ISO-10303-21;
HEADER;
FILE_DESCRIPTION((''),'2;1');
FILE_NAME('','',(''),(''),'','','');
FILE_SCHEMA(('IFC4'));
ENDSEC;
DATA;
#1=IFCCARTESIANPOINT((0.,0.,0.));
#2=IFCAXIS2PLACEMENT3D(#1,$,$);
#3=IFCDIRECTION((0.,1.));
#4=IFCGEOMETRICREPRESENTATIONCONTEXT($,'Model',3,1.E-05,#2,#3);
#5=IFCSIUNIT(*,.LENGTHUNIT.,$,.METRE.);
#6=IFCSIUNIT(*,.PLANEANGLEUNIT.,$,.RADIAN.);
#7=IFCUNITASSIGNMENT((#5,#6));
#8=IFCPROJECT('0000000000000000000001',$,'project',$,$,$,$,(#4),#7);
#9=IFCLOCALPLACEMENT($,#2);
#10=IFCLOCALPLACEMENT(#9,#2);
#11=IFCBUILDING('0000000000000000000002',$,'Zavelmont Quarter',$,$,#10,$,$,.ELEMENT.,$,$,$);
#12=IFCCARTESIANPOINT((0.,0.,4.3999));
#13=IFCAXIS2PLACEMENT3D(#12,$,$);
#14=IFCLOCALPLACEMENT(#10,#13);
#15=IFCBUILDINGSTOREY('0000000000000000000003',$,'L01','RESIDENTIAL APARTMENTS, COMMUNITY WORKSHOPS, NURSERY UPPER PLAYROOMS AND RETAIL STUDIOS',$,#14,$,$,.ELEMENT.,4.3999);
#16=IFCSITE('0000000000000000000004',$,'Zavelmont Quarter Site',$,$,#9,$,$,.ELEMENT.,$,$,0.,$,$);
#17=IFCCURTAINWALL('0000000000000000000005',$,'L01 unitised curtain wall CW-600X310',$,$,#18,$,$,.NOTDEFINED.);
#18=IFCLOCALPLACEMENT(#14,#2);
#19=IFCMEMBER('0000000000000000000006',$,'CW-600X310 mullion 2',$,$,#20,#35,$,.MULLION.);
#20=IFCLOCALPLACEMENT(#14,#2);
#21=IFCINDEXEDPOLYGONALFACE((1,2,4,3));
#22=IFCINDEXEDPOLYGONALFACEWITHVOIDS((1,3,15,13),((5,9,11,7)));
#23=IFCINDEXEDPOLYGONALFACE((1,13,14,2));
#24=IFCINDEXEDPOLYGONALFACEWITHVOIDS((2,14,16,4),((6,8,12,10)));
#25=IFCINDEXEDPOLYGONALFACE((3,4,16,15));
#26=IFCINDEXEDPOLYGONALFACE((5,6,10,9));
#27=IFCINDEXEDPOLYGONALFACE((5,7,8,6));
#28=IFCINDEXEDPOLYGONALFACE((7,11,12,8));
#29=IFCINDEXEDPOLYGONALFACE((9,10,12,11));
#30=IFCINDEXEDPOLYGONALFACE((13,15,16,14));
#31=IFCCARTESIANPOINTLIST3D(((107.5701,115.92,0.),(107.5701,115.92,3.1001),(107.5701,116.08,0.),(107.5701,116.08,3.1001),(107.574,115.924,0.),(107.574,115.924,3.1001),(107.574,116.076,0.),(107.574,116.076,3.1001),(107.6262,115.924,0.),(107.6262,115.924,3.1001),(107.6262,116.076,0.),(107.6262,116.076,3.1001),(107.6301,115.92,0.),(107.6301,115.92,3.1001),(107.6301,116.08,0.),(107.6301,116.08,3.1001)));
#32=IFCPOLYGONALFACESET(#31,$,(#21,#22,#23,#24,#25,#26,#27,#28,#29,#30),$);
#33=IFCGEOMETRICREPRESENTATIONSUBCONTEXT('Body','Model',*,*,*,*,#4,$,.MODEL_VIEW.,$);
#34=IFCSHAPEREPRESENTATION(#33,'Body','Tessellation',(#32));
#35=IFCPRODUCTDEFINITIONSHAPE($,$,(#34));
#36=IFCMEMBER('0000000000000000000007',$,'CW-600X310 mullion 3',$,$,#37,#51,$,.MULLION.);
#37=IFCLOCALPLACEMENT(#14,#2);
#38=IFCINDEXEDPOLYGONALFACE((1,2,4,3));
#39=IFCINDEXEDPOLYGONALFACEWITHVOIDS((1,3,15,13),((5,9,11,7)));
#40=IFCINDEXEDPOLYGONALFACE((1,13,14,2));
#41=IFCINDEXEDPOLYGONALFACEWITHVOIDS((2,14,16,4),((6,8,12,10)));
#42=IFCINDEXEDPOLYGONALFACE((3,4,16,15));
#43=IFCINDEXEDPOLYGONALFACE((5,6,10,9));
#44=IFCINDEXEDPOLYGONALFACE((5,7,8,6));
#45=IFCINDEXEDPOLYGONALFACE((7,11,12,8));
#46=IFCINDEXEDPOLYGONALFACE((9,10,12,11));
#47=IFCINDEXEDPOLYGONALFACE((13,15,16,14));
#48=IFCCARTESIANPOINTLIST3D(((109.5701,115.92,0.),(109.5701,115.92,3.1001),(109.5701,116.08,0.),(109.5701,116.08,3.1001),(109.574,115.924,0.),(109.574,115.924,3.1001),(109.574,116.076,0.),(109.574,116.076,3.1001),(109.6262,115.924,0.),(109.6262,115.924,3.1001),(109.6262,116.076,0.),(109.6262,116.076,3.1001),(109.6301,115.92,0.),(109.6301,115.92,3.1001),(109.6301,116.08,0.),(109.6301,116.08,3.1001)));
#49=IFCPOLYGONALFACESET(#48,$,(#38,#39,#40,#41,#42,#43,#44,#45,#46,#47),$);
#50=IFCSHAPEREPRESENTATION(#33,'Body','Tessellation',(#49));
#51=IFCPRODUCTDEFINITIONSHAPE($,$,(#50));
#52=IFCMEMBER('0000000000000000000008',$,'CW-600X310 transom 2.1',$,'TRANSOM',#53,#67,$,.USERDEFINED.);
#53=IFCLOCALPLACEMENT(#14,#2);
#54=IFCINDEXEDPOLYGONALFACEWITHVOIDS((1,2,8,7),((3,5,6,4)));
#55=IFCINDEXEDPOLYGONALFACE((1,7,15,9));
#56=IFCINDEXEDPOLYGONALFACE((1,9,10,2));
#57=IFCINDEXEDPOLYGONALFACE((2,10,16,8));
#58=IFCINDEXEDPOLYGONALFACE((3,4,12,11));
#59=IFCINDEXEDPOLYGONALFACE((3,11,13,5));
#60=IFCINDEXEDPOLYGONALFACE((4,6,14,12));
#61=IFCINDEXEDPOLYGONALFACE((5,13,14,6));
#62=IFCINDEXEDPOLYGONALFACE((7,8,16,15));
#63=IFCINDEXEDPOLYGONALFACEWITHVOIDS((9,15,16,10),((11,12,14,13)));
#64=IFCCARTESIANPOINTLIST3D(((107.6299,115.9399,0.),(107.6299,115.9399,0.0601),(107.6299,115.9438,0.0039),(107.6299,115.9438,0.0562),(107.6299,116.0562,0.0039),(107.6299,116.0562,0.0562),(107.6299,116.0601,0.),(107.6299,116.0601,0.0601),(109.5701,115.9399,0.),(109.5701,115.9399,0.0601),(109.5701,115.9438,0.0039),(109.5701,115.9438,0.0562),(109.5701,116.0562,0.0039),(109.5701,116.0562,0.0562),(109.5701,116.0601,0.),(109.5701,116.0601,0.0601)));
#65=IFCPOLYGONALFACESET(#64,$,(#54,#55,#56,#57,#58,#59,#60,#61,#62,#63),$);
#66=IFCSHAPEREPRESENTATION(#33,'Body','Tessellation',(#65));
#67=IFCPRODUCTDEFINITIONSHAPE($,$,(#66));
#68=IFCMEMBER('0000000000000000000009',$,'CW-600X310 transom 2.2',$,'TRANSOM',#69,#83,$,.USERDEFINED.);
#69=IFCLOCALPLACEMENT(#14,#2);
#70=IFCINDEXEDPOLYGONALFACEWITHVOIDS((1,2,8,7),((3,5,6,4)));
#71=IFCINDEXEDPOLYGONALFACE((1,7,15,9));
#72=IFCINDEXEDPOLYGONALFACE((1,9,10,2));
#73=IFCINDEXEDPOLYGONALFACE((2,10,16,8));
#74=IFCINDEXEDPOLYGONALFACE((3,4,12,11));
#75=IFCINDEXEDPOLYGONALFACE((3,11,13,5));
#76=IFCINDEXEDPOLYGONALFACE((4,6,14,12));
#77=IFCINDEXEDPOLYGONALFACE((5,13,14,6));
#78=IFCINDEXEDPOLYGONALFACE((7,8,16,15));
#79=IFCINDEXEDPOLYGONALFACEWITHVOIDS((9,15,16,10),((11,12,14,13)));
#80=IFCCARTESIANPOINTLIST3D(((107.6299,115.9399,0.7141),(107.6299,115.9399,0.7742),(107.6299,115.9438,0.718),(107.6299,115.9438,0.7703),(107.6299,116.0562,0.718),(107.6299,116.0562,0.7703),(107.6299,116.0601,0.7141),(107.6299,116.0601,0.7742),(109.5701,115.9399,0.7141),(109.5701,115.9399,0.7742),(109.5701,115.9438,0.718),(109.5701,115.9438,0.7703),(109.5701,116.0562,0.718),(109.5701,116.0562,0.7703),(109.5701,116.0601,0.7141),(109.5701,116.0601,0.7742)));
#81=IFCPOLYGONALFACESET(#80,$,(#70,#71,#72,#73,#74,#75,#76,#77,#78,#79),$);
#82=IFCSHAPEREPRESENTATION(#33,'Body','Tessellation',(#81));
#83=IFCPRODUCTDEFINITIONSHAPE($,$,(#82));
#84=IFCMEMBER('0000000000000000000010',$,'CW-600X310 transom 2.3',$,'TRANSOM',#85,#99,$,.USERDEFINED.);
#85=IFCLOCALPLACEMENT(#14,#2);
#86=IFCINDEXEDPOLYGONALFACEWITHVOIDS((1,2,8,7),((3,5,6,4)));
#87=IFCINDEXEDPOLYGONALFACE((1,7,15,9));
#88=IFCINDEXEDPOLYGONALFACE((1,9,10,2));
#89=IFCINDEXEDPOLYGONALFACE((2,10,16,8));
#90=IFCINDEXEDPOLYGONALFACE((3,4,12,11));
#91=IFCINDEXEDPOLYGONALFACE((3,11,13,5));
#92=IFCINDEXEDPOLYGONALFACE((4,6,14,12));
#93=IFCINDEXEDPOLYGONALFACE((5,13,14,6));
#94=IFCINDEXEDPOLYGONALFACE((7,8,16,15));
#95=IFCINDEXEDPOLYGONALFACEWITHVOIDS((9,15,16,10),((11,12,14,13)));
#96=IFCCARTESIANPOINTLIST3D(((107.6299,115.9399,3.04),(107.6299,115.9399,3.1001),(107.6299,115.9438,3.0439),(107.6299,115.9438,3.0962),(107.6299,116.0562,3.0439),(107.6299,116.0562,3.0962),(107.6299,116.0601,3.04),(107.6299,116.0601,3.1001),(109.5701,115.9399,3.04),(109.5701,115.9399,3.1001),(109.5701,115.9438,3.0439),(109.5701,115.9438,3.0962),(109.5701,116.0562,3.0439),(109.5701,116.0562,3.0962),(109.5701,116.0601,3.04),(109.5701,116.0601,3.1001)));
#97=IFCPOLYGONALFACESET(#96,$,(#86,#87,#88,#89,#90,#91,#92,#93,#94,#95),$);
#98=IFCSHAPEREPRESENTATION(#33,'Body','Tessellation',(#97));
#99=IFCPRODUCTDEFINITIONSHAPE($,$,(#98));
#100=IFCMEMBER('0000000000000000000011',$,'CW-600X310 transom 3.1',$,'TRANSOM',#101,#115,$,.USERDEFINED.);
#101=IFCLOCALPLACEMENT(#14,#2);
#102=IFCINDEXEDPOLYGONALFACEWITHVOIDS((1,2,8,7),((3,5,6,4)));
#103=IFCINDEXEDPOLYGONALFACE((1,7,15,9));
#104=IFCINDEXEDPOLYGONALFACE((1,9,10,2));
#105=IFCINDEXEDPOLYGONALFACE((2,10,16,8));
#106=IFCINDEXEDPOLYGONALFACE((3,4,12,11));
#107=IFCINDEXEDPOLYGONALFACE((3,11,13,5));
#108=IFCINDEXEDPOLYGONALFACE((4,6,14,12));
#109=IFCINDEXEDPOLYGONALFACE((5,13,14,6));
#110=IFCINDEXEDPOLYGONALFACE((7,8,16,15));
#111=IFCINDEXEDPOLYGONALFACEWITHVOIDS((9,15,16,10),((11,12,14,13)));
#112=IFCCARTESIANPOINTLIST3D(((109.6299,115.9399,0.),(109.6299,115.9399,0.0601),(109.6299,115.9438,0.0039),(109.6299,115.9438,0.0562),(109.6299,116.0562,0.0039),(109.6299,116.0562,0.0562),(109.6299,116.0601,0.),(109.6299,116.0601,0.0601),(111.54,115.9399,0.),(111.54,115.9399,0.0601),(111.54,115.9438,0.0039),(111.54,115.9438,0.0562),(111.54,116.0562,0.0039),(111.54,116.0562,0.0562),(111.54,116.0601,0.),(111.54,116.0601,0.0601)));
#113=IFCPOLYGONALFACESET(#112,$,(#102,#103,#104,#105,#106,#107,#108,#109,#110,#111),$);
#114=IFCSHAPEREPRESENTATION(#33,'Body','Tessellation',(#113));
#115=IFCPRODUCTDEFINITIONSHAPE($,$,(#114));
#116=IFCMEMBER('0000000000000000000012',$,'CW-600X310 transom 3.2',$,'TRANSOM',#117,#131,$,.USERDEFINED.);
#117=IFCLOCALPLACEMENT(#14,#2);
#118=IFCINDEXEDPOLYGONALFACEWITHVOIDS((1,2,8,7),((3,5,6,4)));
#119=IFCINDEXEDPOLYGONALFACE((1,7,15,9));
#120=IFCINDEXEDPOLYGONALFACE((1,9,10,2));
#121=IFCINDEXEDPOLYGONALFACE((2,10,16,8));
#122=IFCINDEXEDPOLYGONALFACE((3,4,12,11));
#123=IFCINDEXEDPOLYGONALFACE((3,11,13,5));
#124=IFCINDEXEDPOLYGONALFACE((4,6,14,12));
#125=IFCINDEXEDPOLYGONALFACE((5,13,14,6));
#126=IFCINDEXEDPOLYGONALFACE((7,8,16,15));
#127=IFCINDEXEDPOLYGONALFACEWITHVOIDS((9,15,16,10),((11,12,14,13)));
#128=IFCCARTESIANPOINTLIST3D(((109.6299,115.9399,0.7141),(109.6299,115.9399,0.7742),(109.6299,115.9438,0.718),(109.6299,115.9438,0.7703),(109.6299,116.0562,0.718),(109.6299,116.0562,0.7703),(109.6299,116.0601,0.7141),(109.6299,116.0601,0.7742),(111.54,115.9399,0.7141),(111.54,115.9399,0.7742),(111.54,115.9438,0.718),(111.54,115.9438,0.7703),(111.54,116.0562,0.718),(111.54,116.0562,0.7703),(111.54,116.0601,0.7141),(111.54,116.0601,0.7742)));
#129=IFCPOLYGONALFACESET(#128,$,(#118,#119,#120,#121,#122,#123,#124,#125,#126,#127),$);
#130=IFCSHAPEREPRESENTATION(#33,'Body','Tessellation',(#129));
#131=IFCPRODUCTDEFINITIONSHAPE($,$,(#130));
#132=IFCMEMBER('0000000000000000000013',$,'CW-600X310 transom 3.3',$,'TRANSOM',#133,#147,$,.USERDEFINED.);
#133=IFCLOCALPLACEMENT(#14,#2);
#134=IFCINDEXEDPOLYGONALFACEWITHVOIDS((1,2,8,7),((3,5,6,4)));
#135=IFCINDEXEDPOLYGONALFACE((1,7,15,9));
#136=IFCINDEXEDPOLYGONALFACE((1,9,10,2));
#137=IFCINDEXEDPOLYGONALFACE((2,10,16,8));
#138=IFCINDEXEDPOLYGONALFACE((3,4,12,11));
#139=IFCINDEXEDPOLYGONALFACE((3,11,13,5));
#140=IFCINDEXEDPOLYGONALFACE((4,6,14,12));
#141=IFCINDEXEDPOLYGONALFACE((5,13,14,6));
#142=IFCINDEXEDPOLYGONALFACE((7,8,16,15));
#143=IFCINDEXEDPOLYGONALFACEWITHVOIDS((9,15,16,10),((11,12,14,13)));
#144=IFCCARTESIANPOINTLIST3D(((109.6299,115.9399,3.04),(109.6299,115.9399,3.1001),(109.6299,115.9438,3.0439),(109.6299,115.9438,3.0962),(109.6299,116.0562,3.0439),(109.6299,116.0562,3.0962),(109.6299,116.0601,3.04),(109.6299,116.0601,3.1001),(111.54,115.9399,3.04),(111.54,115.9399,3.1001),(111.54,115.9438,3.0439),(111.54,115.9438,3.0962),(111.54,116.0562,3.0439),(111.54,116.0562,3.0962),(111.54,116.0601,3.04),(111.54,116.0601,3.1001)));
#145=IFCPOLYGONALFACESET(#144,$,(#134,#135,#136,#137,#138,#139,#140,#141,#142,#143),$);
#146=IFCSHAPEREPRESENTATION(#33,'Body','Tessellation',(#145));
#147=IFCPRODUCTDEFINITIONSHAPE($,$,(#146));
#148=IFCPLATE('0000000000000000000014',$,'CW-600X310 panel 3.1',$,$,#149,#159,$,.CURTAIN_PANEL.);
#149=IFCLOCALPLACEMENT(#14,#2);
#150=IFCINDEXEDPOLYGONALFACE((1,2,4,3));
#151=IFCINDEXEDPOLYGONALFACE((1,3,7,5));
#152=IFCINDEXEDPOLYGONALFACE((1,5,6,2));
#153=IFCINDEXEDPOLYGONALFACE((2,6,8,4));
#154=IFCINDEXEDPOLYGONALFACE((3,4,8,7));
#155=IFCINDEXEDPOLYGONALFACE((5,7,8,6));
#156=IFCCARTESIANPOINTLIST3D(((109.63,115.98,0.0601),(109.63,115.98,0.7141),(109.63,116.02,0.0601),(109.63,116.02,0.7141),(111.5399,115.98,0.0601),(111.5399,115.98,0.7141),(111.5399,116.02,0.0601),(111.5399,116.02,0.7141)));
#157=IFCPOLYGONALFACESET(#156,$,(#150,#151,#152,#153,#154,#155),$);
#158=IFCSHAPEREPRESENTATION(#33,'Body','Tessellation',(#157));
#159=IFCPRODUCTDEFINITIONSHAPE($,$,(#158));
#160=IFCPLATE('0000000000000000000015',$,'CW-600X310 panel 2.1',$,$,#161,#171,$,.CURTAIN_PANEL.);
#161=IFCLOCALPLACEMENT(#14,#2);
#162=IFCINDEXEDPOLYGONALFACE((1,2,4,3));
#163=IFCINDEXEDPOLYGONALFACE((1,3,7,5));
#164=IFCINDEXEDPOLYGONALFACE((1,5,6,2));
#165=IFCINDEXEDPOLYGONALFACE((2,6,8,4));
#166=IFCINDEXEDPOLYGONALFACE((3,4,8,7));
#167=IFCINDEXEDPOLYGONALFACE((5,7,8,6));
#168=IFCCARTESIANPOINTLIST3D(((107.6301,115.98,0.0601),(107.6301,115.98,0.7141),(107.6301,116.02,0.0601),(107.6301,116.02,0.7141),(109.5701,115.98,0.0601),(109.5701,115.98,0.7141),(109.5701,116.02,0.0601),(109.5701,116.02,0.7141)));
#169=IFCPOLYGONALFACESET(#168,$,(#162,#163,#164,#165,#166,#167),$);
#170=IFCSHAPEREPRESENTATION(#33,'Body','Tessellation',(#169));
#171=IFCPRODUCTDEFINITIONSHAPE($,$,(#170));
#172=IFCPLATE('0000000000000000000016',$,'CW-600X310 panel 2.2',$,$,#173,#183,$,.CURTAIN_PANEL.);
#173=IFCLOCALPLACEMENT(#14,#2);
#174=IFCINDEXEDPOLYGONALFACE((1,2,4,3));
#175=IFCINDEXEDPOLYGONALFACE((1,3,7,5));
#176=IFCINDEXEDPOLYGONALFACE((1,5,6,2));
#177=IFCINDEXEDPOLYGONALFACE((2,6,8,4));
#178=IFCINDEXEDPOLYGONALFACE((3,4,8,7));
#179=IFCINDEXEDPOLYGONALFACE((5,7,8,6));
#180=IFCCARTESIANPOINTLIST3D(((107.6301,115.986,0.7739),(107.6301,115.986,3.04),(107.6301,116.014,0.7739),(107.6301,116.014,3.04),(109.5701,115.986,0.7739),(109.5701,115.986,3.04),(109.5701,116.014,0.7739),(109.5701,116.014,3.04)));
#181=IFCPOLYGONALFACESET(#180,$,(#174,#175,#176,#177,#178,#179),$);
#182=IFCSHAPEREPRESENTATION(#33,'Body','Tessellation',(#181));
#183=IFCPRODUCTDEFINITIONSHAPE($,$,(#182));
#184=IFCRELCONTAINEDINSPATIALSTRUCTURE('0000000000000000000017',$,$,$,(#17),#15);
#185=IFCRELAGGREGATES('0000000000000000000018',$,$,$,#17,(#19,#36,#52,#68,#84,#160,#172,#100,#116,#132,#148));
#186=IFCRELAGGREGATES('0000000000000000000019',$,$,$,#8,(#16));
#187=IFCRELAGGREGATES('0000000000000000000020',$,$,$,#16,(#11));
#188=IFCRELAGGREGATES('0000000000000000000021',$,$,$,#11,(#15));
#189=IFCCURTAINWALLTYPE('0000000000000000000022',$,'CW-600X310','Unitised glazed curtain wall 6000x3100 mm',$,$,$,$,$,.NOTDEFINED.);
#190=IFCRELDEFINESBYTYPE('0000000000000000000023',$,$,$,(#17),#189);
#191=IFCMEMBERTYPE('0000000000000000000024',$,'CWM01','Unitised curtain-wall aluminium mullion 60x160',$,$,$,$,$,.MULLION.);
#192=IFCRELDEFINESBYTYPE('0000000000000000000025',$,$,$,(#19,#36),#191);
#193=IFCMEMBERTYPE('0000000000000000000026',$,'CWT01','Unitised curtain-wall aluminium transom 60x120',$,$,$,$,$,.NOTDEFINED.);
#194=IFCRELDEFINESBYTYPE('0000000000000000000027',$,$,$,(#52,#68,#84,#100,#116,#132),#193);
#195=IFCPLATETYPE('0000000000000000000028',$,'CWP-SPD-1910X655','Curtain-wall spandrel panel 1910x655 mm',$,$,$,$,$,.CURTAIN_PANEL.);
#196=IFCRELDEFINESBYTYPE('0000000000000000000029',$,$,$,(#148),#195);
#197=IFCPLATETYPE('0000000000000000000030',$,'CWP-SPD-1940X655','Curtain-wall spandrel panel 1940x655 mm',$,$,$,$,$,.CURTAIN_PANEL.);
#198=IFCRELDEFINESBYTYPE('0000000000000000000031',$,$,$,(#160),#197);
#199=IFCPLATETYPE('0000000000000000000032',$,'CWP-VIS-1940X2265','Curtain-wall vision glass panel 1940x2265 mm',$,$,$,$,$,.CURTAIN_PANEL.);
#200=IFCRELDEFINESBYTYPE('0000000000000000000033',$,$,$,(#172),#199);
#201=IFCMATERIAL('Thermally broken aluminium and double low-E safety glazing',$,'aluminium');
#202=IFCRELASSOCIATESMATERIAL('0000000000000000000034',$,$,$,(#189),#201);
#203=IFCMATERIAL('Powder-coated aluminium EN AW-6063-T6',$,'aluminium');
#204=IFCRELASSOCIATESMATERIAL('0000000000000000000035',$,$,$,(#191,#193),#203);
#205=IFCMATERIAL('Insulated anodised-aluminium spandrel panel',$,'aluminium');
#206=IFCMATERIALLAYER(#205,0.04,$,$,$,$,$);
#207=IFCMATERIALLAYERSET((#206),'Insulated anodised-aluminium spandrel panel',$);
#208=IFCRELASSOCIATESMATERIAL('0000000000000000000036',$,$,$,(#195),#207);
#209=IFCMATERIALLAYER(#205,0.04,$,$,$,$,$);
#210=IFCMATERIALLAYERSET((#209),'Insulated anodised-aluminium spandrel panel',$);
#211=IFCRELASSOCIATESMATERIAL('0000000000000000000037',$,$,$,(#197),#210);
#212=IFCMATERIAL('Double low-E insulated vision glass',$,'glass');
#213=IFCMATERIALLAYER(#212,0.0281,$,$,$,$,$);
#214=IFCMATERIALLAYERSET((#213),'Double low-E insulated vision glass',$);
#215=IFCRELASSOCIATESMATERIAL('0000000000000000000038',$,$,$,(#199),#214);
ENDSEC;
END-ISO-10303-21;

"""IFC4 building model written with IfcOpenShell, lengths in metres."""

from ifc_helpers import new_model, si_unit, direction, frame, origin, origin_2d, place, context, subcontext, project, spatial, rectangle, hollow_rectangle, extrude, material, layer, layer_set, material_profile, profile_set, type_object, element, aggregate, save


model = new_model("IFC4")

# Units and contexts
model_context = context("Model", 3, precision=1e-05, world=origin(), true_north=direction((0.0, 1.0)))
body_context = subcontext(model_context, "Body", "Model", "MODEL_VIEW")
ifc_project = project(units=[si_unit("LENGTHUNIT", "METRE"), si_unit("PLANEANGLEUNIT", "RADIAN")], contexts=[model_context])

# Site, building, storey
site_placement = place(None, origin())
site = spatial("IfcSite", under=ifc_project, at=site_placement, Name="Zavelmont Quarter Site", CompositionType="ELEMENT", RefElevation=0.0)
building_placement = place(site_placement, origin())
building = spatial("IfcBuilding", under=site, at=building_placement, Name="Zavelmont Quarter", CompositionType="ELEMENT")
storey_placement = place(building_placement, frame((0.0, 0.0, 4.3999)))
storey = spatial("IfcBuildingStorey", under=building, at=storey_placement, Name="L01", Description="RESIDENTIAL APARTMENTS, COMMUNITY WORKSHOPS, NURSERY UPPER PLAYROOMS AND RETAIL STUDIOS", CompositionType="ELEMENT", Elevation=4.3999)

# Curtain wall, members, plates
ifc_material_1 = material(Name="Thermally broken aluminium and double low-E safety glazing", Category="aluminium")
curtain_wall_type = type_object("IfcCurtainWallType", Name="CW-600X310", Description="Unitised glazed curtain wall 6000x3100 mm", PredefinedType="NOTDEFINED", material=ifc_material_1)
curtain_wall_placement = place(storey_placement, origin())
curtain_wall = element("IfcCurtainWall", 1, at=curtain_wall_placement, inside=storey, type_object=curtain_wall_type, Name="L01 unitised curtain wall CW-600X310", PredefinedType="NOTDEFINED")
ifc_material_2 = material(Name="Powder-coated aluminium EN AW-6063-T6", Category="aluminium")
ifc_material_profile_1 = material_profile(ifc_material_2, hollow_rectangle(XDim=0.0601, YDim=0.1599, WallThickness=0.0039, at=origin_2d()), Name="CWM60X160")
ifc_profile_set_1 = profile_set([ifc_material_profile_1], Name="Powder-coated aluminium EN AW-6063-T6")
member_type_1 = type_object("IfcMemberType", Name="CWM01", Description="Unitised curtain-wall aluminium mullion 60x160", PredefinedType="MULLION", material=ifc_profile_set_1)
member_1_placement = place(storey_placement, frame((107.6001, 116.0, 0.0), z_axis=(0.0, 0.0, 1.0), x_axis=(1.0, 0.0, 0.0)))
member_1 = element("IfcMember", 2, at=member_1_placement, type_object=member_type_1, Name="CW-600X310 mullion 2", PredefinedType="MULLION", context=body_context, shape_type="SweptSolid", body=[
    extrude(hollow_rectangle(XDim=0.0601, YDim=0.1599, WallThickness=0.0039, at=origin_2d()), origin(), (0.0, 0.0, 1.0), 3.1001),
])
member_2_placement = place(storey_placement, frame((109.6001, 116.0, 0.0), z_axis=(0.0, 0.0, 1.0), x_axis=(1.0, 0.0, 0.0)))
member_2 = element("IfcMember", 3, at=member_2_placement, type_object=member_type_1, Name="CW-600X310 mullion 3", PredefinedType="MULLION", context=body_context, shape_type="SweptSolid", body=[
    extrude(hollow_rectangle(XDim=0.0601, YDim=0.1599, WallThickness=0.0039, at=origin_2d()), origin(), (0.0, 0.0, 1.0), 3.1001),
])
ifc_material_profile_2 = material_profile(ifc_material_2, hollow_rectangle(XDim=0.1201, YDim=0.0601, WallThickness=0.0039, at=origin_2d()), Name="CWT60X120")
ifc_profile_set_2 = profile_set([ifc_material_profile_2], Name="Powder-coated aluminium EN AW-6063-T6")
member_type_2 = type_object("IfcMemberType", Name="CWT01", Description="Unitised curtain-wall aluminium transom 60x120", PredefinedType="NOTDEFINED", material=ifc_profile_set_2)
member_3_placement = place(storey_placement, frame((107.6299, 116.0, 0.03), z_axis=(1.0, 0.0, 0.0), x_axis=(0.0, 1.0, 0.0)))
member_3 = element("IfcMember", 4, at=member_3_placement, type_object=member_type_2, Name="CW-600X310 transom 2.1", ObjectType="TRANSOM", PredefinedType="USERDEFINED", context=body_context, shape_type="SweptSolid", body=[
    extrude(hollow_rectangle(XDim=0.1201, YDim=0.0601, WallThickness=0.0039, at=origin_2d()), origin(), (0.0, 0.0, 1.0), 1.9402),
])
member_4_placement = place(storey_placement, frame((107.6299, 116.0, 0.7441), z_axis=(1.0, 0.0, 0.0), x_axis=(0.0, 1.0, 0.0)))
member_4 = element("IfcMember", 5, at=member_4_placement, type_object=member_type_2, Name="CW-600X310 transom 2.2", ObjectType="TRANSOM", PredefinedType="USERDEFINED", context=body_context, shape_type="SweptSolid", body=[
    extrude(hollow_rectangle(XDim=0.1201, YDim=0.0601, WallThickness=0.0039, at=origin_2d()), origin(), (0.0, 0.0, 1.0), 1.9402),
])
member_5_placement = place(storey_placement, frame((107.6299, 116.0, 3.0701), z_axis=(1.0, 0.0, 0.0), x_axis=(0.0, 1.0, 0.0)))
member_5 = element("IfcMember", 6, at=member_5_placement, type_object=member_type_2, Name="CW-600X310 transom 2.3", ObjectType="TRANSOM", PredefinedType="USERDEFINED", context=body_context, shape_type="SweptSolid", body=[
    extrude(hollow_rectangle(XDim=0.1201, YDim=0.0601, WallThickness=0.0039, at=origin_2d()), origin(), (0.0, 0.0, 1.0), 1.9402),
])
member_6_placement = place(storey_placement, frame((109.6299, 116.0, 0.03), z_axis=(1.0, 0.0, 0.0), x_axis=(0.0, 1.0, 0.0)))
member_6 = element("IfcMember", 7, at=member_6_placement, type_object=member_type_2, Name="CW-600X310 transom 3.1", ObjectType="TRANSOM", PredefinedType="USERDEFINED", context=body_context, shape_type="SweptSolid", body=[
    extrude(hollow_rectangle(XDim=0.1201, YDim=0.0601, WallThickness=0.0039, at=origin_2d()), origin(), (0.0, 0.0, 1.0), 1.9102),
])
member_7_placement = place(storey_placement, frame((109.6299, 116.0, 0.7441), z_axis=(1.0, 0.0, 0.0), x_axis=(0.0, 1.0, 0.0)))
member_7 = element("IfcMember", 8, at=member_7_placement, type_object=member_type_2, Name="CW-600X310 transom 3.2", ObjectType="TRANSOM", PredefinedType="USERDEFINED", context=body_context, shape_type="SweptSolid", body=[
    extrude(hollow_rectangle(XDim=0.1201, YDim=0.0601, WallThickness=0.0039, at=origin_2d()), origin(), (0.0, 0.0, 1.0), 1.9102),
])
member_8_placement = place(storey_placement, frame((109.6299, 116.0, 3.0701), z_axis=(1.0, 0.0, 0.0), x_axis=(0.0, 1.0, 0.0)))
member_8 = element("IfcMember", 9, at=member_8_placement, type_object=member_type_2, Name="CW-600X310 transom 3.3", ObjectType="TRANSOM", PredefinedType="USERDEFINED", context=body_context, shape_type="SweptSolid", body=[
    extrude(hollow_rectangle(XDim=0.1201, YDim=0.0601, WallThickness=0.0039, at=origin_2d()), origin(), (0.0, 0.0, 1.0), 1.9102),
])
ifc_material_3 = material(Name="Insulated anodised-aluminium spandrel panel", Category="aluminium")
ifc_layer_1 = layer(ifc_material_3, 0.04)
ifc_layer_set_1 = layer_set([ifc_layer_1], Name="Insulated anodised-aluminium spandrel panel")
plate_type_1 = type_object("IfcPlateType", Name="CWP-SPD-1910X655", Description="Curtain-wall spandrel panel 1910x655 mm", PredefinedType="CURTAIN_PANEL", material=ifc_layer_set_1)
plate_1_placement = place(storey_placement, frame((110.585, 116.0, 0.0601), z_axis=(0.0, 0.0, 1.0), x_axis=(1.0, 0.0, 0.0)))
plate_1 = element("IfcPlate", 10, at=plate_1_placement, type_object=plate_type_1, Name="CW-600X310 panel 3.1", PredefinedType="CURTAIN_PANEL", context=body_context, shape_type="SweptSolid", body=[
    extrude(rectangle(XDim=1.9099, YDim=0.04, at=origin_2d()), origin(), (0.0, 0.0, 1.0), 0.6541),
])
ifc_layer_2 = layer(ifc_material_3, 0.04)
ifc_layer_set_2 = layer_set([ifc_layer_2], Name="Insulated anodised-aluminium spandrel panel")
plate_type_2 = type_object("IfcPlateType", Name="CWP-SPD-1940X655", Description="Curtain-wall spandrel panel 1940x655 mm", PredefinedType="CURTAIN_PANEL", material=ifc_layer_set_2)
plate_2_placement = place(storey_placement, frame((108.6001, 116.0, 0.0601), z_axis=(0.0, 0.0, 1.0), x_axis=(1.0, 0.0, 0.0)))
plate_2 = element("IfcPlate", 11, at=plate_2_placement, type_object=plate_type_2, Name="CW-600X310 panel 2.1", PredefinedType="CURTAIN_PANEL", context=body_context, shape_type="SweptSolid", body=[
    extrude(rectangle(XDim=1.9399, YDim=0.04, at=origin_2d()), origin(), (0.0, 0.0, 1.0), 0.6541),
])
ifc_material_4 = material(Name="Double low-E insulated vision glass", Category="glass")
ifc_layer_3 = layer(ifc_material_4, 0.0281)
ifc_layer_set_3 = layer_set([ifc_layer_3], Name="Double low-E insulated vision glass")
plate_type_3 = type_object("IfcPlateType", Name="CWP-VIS-1940X2265", Description="Curtain-wall vision glass panel 1940x2265 mm", PredefinedType="CURTAIN_PANEL", material=ifc_layer_set_3)
plate_3_placement = place(storey_placement, frame((108.6001, 116.0, 0.7739), z_axis=(0.0, 0.0, 1.0), x_axis=(1.0, 0.0, 0.0)))
plate_3 = element("IfcPlate", 12, at=plate_3_placement, type_object=plate_type_3, Name="CW-600X310 panel 2.2", PredefinedType="CURTAIN_PANEL", context=body_context, shape_type="SweptSolid", body=[
    extrude(rectangle(XDim=1.9399, YDim=0.0281, at=origin_2d()), origin(), (0.0, 0.0, 1.0), 2.2661),
])
aggregate(curtain_wall, [member_1, member_2, member_3, member_4, member_5, plate_2, plate_3, member_6, member_7, member_8, plate_1])

save(model, "model.ifc")
